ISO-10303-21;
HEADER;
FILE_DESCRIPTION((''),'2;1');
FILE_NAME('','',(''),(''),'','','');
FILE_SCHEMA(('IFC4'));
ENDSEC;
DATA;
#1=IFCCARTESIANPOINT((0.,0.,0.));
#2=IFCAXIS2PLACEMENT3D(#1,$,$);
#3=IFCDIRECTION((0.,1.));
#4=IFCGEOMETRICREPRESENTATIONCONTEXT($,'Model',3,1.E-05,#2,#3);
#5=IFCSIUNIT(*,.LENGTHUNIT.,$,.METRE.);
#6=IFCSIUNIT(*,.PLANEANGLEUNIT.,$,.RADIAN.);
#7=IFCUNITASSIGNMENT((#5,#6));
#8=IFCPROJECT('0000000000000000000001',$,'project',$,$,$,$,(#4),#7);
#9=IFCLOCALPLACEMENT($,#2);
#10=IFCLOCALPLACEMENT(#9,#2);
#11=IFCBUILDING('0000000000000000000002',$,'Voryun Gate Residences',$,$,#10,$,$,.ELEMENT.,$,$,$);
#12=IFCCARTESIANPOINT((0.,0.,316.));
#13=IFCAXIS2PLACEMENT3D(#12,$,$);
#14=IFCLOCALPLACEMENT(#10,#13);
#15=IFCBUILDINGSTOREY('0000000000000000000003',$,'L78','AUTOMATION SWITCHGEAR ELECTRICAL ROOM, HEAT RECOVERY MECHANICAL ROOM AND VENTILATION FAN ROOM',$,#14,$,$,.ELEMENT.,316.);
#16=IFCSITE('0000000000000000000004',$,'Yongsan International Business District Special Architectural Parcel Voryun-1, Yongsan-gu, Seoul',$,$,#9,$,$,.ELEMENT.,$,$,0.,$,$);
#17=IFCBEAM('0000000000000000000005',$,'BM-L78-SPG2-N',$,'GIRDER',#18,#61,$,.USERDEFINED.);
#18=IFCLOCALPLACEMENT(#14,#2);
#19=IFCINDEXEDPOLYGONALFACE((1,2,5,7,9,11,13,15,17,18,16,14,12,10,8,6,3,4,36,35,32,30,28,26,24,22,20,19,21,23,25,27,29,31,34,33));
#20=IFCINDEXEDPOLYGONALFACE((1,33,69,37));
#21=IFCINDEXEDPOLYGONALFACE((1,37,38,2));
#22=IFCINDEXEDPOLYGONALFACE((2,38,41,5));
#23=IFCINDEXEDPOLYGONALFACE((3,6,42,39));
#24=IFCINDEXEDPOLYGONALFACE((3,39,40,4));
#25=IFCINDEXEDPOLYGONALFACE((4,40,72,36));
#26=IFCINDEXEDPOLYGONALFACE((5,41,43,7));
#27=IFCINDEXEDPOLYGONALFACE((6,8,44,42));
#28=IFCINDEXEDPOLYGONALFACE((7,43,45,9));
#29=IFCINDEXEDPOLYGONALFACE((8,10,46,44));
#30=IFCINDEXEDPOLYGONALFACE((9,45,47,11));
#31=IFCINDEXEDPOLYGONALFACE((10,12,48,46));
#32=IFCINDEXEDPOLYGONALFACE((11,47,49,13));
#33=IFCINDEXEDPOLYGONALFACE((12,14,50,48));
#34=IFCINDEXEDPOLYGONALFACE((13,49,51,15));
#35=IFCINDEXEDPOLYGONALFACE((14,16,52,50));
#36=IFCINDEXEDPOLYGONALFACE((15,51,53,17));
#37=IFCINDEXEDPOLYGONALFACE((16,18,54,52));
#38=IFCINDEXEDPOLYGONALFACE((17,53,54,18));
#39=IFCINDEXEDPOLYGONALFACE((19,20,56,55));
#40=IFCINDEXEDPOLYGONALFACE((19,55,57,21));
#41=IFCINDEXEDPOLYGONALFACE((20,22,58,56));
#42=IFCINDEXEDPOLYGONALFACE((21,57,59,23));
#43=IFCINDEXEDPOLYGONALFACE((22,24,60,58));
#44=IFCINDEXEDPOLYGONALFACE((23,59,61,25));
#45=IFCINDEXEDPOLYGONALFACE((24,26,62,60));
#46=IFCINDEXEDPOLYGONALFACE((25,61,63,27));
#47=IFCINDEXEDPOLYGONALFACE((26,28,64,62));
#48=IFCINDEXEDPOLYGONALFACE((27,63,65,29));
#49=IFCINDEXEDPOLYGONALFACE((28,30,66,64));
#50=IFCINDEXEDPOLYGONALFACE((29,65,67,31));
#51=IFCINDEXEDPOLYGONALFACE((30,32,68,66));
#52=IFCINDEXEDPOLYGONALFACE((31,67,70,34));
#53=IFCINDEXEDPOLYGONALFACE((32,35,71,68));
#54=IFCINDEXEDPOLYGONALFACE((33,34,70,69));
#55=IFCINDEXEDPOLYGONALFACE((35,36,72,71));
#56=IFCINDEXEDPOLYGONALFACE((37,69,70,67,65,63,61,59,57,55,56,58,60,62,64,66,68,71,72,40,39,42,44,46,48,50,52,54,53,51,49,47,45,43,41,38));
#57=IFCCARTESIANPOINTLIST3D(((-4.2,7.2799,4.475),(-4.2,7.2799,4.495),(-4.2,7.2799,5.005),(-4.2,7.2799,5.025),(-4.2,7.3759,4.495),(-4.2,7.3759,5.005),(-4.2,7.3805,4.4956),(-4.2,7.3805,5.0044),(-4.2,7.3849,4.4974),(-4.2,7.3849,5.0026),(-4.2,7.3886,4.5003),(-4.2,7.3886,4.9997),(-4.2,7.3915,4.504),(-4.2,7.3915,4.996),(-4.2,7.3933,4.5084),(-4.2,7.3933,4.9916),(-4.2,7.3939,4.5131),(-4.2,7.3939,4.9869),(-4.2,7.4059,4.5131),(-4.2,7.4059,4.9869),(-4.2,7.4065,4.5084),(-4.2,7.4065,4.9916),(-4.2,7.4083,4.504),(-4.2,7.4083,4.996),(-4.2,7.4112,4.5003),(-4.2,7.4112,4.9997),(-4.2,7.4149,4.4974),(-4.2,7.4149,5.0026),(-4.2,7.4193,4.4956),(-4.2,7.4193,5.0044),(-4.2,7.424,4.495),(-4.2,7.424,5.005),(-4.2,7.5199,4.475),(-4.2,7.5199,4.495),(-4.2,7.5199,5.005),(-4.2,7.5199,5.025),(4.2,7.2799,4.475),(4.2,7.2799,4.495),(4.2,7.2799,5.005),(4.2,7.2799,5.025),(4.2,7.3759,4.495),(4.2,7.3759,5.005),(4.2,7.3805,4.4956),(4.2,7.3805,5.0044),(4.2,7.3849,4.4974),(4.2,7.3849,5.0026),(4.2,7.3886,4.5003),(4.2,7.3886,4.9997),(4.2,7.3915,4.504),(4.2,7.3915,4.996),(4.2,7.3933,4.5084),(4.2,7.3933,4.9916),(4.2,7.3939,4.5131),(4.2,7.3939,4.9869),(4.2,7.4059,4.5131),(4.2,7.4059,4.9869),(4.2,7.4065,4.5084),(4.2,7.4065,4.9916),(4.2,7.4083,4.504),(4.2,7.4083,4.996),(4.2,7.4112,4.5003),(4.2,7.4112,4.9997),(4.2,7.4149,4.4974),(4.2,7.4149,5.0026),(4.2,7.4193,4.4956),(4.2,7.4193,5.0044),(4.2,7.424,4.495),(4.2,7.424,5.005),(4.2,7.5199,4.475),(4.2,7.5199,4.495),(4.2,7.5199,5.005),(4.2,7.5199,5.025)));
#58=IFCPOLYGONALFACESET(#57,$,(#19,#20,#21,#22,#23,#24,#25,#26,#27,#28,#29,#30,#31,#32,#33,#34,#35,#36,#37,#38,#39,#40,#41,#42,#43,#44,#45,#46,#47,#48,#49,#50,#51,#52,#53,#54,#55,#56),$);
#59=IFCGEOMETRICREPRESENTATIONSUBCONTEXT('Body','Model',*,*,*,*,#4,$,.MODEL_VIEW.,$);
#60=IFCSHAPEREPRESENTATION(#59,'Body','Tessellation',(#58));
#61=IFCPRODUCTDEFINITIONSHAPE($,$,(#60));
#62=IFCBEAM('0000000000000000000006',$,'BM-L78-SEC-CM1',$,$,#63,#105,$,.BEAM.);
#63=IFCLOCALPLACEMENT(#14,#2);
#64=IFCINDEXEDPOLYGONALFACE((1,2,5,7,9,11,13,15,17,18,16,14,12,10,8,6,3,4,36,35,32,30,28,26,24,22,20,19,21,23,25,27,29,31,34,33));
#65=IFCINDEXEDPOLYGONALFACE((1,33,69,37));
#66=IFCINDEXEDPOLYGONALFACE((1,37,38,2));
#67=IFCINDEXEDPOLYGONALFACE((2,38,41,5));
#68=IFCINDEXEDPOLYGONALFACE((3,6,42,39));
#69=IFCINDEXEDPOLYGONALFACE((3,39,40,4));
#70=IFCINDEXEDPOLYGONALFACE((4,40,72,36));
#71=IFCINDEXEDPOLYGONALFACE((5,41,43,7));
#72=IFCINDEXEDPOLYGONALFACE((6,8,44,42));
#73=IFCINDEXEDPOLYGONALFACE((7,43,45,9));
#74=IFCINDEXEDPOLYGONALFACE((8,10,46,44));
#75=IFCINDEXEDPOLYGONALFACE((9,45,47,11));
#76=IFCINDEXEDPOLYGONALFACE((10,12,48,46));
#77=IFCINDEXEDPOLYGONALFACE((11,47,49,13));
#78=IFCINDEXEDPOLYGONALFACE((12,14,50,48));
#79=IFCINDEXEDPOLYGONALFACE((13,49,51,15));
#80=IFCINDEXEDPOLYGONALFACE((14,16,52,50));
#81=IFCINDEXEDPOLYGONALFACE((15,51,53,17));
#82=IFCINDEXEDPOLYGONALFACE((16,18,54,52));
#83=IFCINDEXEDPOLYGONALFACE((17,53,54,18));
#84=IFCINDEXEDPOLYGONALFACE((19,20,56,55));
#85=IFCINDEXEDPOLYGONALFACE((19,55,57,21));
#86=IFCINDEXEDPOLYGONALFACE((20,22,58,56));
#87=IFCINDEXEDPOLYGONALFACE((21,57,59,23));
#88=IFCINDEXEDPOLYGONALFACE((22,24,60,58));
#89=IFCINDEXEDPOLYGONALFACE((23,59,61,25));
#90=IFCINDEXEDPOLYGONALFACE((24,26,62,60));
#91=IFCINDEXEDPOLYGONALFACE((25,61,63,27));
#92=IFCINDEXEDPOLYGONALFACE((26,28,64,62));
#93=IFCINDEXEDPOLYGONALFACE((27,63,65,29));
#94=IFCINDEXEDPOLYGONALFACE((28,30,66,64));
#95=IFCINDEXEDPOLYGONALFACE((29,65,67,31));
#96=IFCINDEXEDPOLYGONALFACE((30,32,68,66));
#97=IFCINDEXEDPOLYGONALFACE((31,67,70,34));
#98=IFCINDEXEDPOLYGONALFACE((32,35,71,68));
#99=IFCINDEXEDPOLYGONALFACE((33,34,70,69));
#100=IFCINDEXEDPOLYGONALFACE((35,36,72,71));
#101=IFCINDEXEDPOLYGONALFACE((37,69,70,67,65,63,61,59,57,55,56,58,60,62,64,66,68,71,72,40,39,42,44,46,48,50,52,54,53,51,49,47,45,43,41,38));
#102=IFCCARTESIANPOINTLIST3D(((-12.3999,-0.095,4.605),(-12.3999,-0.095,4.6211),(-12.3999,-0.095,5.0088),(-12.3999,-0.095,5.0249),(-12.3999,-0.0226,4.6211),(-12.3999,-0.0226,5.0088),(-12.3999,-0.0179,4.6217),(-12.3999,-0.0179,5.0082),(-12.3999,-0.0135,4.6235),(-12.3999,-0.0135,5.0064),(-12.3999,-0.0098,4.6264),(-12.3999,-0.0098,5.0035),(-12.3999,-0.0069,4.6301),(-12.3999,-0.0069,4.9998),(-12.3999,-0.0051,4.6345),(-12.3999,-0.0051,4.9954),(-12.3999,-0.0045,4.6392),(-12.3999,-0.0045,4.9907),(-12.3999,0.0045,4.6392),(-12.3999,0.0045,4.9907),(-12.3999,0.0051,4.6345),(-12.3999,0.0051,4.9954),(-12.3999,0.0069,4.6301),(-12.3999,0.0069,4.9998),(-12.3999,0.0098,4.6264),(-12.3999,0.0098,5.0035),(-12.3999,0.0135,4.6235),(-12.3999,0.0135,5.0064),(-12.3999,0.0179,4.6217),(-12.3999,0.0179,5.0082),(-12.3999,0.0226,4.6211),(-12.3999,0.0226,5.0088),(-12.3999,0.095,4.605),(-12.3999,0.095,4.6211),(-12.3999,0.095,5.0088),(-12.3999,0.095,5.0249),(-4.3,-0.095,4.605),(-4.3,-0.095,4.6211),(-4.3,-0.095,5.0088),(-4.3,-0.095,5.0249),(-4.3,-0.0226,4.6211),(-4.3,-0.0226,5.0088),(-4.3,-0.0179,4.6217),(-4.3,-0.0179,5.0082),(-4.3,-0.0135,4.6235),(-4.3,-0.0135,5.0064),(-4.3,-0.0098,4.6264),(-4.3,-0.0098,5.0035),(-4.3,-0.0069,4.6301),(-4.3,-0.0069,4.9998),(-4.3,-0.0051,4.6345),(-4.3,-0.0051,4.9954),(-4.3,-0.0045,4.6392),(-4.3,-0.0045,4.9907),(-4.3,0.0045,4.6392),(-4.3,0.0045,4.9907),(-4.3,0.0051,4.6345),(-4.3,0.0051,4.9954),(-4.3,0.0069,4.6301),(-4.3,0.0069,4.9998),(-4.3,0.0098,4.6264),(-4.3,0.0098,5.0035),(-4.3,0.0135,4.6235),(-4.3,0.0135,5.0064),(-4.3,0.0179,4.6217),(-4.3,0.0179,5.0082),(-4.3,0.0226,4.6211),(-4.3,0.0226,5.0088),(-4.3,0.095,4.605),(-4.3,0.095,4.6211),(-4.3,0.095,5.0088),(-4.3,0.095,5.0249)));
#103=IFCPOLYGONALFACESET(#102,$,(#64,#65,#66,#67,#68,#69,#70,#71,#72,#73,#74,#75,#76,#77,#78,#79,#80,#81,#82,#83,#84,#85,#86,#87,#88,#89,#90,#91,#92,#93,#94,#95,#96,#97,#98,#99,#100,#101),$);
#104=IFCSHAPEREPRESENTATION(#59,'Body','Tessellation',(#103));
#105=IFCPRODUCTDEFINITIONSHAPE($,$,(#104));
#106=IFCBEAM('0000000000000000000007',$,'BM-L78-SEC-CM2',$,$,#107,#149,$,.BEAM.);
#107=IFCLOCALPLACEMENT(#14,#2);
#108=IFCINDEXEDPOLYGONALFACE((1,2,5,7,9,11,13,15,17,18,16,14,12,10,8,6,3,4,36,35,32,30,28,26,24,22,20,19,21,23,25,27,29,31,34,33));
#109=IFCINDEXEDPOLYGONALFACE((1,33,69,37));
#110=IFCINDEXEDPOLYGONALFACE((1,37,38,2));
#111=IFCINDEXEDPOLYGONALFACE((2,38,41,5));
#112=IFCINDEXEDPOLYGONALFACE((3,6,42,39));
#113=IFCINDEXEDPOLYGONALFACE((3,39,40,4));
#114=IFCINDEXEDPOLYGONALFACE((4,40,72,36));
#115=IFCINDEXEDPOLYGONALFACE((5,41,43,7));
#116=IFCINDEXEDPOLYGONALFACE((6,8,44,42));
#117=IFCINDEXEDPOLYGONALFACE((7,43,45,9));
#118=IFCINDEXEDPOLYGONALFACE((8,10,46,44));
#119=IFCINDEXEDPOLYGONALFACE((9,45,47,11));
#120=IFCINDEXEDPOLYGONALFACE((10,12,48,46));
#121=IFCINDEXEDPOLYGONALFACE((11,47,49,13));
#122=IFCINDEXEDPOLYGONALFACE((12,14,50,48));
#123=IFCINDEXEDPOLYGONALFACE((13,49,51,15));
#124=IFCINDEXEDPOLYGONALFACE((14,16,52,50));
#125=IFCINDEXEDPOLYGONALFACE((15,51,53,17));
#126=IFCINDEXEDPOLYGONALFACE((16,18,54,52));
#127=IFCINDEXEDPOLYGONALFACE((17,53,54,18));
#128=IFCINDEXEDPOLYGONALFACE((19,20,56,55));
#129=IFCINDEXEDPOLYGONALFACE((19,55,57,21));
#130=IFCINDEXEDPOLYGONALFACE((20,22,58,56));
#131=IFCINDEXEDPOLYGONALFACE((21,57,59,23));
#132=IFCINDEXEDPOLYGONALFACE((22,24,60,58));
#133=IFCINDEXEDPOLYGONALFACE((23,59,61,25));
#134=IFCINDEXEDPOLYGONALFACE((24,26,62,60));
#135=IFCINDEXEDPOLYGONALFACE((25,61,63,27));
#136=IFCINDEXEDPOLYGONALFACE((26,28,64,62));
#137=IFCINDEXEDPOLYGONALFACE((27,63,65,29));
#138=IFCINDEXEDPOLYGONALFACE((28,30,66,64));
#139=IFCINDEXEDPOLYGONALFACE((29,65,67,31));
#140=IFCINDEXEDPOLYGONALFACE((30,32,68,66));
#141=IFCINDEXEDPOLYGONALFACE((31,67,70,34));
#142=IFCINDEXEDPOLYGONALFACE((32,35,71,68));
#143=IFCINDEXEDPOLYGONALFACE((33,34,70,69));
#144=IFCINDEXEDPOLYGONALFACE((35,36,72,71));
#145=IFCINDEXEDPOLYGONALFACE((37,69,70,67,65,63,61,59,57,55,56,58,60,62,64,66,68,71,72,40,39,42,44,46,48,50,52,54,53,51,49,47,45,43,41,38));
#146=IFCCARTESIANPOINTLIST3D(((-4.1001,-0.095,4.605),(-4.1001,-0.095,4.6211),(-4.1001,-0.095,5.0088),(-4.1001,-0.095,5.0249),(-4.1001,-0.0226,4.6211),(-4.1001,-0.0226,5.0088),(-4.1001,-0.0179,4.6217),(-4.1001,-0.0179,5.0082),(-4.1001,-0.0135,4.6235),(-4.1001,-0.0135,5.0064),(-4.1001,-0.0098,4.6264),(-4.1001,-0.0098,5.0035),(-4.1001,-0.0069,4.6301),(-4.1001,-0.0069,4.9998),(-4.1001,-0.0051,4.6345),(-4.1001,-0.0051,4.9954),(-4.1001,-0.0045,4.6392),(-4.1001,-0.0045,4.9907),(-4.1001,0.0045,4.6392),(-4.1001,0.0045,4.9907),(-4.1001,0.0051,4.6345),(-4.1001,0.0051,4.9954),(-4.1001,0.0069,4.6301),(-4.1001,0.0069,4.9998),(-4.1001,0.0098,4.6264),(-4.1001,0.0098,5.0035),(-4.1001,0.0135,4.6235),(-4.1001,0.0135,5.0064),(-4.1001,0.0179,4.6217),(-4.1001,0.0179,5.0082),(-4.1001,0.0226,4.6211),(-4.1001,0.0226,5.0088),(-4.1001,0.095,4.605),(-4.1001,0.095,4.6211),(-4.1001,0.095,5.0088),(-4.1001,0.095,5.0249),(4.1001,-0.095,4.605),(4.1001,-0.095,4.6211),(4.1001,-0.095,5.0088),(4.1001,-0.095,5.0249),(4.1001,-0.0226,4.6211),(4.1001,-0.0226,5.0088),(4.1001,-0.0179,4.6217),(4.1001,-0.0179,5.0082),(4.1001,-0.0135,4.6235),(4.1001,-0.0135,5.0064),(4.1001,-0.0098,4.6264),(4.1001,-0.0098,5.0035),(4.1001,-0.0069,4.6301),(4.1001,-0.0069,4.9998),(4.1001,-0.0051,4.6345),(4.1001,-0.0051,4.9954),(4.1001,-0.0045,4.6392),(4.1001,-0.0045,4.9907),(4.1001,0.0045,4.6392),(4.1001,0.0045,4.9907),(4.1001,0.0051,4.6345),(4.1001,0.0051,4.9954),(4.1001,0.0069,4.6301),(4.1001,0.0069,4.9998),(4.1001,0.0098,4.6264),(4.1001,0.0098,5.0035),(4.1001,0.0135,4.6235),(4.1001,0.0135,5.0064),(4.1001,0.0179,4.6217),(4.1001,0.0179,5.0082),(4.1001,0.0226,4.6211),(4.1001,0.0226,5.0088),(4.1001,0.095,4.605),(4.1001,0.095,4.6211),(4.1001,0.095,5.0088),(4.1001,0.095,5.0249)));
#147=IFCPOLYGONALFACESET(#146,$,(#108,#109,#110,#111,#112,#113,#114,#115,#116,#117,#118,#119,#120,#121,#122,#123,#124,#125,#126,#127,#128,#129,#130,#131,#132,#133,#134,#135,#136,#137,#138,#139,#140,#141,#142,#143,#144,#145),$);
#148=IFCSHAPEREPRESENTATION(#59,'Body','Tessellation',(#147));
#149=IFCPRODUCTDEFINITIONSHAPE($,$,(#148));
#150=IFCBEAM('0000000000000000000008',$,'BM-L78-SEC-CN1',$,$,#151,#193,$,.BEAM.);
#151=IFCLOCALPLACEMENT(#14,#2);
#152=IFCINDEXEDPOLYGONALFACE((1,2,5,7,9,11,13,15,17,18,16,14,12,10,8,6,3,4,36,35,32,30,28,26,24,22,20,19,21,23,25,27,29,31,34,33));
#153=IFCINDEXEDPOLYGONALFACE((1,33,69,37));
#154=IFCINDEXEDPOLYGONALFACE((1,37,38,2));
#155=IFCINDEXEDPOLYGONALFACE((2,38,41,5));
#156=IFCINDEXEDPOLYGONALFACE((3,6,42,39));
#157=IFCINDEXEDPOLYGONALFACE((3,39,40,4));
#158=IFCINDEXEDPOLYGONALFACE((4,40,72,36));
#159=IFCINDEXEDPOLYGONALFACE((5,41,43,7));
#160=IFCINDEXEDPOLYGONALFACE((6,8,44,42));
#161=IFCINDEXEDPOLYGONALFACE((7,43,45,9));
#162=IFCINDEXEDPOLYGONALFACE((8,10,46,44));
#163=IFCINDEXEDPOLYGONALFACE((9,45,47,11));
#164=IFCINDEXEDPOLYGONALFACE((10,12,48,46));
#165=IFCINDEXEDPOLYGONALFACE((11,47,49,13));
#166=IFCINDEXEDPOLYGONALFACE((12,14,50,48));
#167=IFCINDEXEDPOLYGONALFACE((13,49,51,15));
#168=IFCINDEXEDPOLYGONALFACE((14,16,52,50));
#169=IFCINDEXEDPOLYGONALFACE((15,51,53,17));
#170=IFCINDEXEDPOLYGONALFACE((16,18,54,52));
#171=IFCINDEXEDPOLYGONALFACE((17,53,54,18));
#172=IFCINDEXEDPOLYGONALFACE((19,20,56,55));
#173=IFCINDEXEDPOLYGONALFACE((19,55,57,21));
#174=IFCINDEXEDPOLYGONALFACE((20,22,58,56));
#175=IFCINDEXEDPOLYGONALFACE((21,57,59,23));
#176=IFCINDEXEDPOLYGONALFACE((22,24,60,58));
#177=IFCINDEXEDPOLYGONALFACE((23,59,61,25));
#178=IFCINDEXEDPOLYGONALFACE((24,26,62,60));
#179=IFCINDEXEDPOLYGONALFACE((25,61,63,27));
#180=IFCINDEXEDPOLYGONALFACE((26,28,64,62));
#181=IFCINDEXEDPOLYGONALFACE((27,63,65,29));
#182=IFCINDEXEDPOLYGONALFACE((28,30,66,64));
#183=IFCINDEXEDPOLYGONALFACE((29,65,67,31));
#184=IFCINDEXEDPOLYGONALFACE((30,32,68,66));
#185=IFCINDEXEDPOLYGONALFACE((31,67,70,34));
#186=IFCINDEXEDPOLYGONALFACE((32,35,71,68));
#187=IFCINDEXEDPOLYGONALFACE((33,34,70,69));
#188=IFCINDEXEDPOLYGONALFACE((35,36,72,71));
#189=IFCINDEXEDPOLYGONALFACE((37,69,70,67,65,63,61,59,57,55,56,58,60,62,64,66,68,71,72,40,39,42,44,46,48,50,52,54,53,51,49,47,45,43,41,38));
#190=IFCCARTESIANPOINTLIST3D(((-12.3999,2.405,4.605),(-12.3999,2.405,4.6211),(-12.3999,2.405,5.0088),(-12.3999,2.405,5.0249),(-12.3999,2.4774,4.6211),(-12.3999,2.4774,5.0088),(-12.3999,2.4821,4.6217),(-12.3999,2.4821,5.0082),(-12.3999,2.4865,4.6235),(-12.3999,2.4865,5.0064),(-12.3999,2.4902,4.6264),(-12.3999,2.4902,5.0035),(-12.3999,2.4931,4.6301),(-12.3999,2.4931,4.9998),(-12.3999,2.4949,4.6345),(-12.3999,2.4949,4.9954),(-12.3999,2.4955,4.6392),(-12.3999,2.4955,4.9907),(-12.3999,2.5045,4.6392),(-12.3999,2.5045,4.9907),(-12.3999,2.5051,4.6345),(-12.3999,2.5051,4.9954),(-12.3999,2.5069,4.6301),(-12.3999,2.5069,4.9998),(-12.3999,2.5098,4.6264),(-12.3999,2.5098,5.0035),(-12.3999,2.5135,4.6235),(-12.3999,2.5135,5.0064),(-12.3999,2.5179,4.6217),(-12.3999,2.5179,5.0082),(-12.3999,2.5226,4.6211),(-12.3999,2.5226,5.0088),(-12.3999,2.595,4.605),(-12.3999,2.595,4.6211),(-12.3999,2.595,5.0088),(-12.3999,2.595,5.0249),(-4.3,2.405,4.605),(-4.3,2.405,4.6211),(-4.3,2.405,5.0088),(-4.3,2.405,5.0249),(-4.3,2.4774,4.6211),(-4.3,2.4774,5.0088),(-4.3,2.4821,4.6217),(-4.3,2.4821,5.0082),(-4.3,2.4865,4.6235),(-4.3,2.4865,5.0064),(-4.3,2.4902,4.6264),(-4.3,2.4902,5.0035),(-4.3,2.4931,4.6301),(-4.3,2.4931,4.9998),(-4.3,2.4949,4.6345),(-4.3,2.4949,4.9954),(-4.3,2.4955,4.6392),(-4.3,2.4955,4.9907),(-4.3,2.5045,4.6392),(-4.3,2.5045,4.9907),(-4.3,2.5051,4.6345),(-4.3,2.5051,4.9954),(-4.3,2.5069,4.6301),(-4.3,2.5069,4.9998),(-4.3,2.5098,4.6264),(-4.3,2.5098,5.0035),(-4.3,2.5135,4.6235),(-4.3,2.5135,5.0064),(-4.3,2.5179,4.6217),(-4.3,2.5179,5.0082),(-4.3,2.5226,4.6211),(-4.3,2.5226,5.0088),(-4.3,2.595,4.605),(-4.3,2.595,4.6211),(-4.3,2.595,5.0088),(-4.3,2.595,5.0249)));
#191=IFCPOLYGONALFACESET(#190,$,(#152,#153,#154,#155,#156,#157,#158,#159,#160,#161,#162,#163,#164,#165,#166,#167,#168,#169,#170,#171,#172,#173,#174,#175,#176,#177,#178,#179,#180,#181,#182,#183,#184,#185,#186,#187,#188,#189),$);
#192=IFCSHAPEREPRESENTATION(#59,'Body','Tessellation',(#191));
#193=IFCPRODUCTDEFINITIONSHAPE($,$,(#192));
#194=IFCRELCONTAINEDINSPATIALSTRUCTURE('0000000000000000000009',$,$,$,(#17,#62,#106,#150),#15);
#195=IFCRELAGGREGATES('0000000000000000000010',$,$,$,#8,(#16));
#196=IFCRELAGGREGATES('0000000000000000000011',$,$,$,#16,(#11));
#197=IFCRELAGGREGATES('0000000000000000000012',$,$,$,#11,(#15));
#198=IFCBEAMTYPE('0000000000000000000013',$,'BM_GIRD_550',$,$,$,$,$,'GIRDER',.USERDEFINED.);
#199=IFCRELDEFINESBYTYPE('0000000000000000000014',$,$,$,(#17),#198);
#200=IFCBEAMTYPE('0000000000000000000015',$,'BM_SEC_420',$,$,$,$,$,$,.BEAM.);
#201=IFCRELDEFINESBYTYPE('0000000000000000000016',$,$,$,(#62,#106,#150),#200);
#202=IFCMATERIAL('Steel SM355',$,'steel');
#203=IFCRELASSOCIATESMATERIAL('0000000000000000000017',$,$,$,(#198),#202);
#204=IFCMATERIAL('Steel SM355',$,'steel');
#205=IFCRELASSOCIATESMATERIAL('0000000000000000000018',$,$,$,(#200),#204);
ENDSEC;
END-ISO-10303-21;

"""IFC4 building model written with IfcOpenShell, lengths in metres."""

from ifc_helpers import new_model, si_unit, direction, frame, origin, origin_2d, place, context, subcontext, project, spatial, i_section, extrude, material, material_profile, profile_set, type_object, element, save


model = new_model("IFC4")

# Units and contexts
model_context = context("Model", 3, precision=1e-05, world=origin(), true_north=direction((0.0, 1.0)))
body_context = subcontext(model_context, "Body", "Model", "MODEL_VIEW")
ifc_project = project(units=[si_unit("LENGTHUNIT", "METRE"), si_unit("PLANEANGLEUNIT", "RADIAN")], contexts=[model_context])

# Site, building, storey
site_placement = place(None, origin())
site = spatial("IfcSite", under=ifc_project, at=site_placement, Name="Yongsan International Business District Special Architectural Parcel Voryun-1, Yongsan-gu, Seoul", CompositionType="ELEMENT", RefElevation=0.0)
building_placement = place(site_placement, origin())
building = spatial("IfcBuilding", under=site, at=building_placement, Name="Voryun Gate Residences", CompositionType="ELEMENT")
storey_placement = place(building_placement, frame((0.0, 0.0, 316.0)))
storey = spatial("IfcBuildingStorey", under=building, at=storey_placement, Name="L78", Description="AUTOMATION SWITCHGEAR ELECTRICAL ROOM, HEAT RECOVERY MECHANICAL ROOM AND VENTILATION FAN ROOM", CompositionType="ELEMENT", Elevation=316.0)

# Beams
ifc_material_1 = material(Name="Steel SM355", Category="steel")
ifc_material_profile_1 = material_profile(ifc_material_1, i_section(OverallWidth=0.24, OverallDepth=0.55, WebThickness=0.012, FlangeThickness=0.02, FilletRadius=0.0181, at=origin_2d()), Name="H-550x240x12x20")
ifc_profile_set_1 = profile_set([ifc_material_profile_1], Name="Steel SM355")
beam_type_1 = type_object("IfcBeamType", Name="BM_GIRD_550", ElementType="GIRDER", PredefinedType="USERDEFINED", material=ifc_profile_set_1)
beam_1_placement = place(storey_placement, frame((-4.2, 7.3999, 4.75), z_axis=(1.0, 0.0, 0.0), x_axis=(0.0, 1.0, 0.0)))
element("IfcBeam", 1, at=beam_1_placement, inside=storey, type_object=beam_type_1, Name="BM-L78-SPG2-N", ObjectType="GIRDER", PredefinedType="USERDEFINED", context=body_context, shape_type="SweptSolid", body=[
    extrude(i_section(OverallWidth=0.24, OverallDepth=0.55, WebThickness=0.012, FlangeThickness=0.02, FilletRadius=0.0181, at=origin_2d()), origin(), (0.0, 0.0, 1.0), 8.3999),
])
ifc_material_2 = material(Name="Steel SM355", Category="steel")
ifc_material_profile_2 = material_profile(ifc_material_2, i_section(OverallWidth=0.1899, OverallDepth=0.4199, WebThickness=0.009, FlangeThickness=0.0161, FilletRadius=0.0181, at=origin_2d()), Name="H-420x190x9x16")
ifc_profile_set_2 = profile_set([ifc_material_profile_2], Name="Steel SM355")
beam_type_2 = type_object("IfcBeamType", Name="BM_SEC_420", PredefinedType="BEAM", material=ifc_profile_set_2)
beam_2_placement = place(storey_placement, frame((-12.3999, 0.0, 4.8149), z_axis=(1.0, 0.0, 0.0), x_axis=(0.0, 1.0, 0.0)))
element("IfcBeam", 2, at=beam_2_placement, inside=storey, type_object=beam_type_2, Name="BM-L78-SEC-CM1", PredefinedType="BEAM", context=body_context, shape_type="SweptSolid", body=[
    extrude(i_section(OverallWidth=0.1899, OverallDepth=0.4199, WebThickness=0.009, FlangeThickness=0.0161, FilletRadius=0.0181, at=origin_2d()), origin(), (0.0, 0.0, 1.0), 8.0999),
])
beam_3_placement = place(storey_placement, frame((-4.1001, 0.0, 4.8149), z_axis=(1.0, 0.0, 0.0), x_axis=(0.0, 1.0, 0.0)))
element("IfcBeam", 3, at=beam_3_placement, inside=storey, type_object=beam_type_2, Name="BM-L78-SEC-CM2", PredefinedType="BEAM", context=body_context, shape_type="SweptSolid", body=[
    extrude(i_section(OverallWidth=0.1899, OverallDepth=0.4199, WebThickness=0.009, FlangeThickness=0.0161, FilletRadius=0.0181, at=origin_2d()), origin(), (0.0, 0.0, 1.0), 8.2002),
])
beam_4_placement = place(storey_placement, frame((-12.3999, 2.5, 4.8149), z_axis=(1.0, 0.0, 0.0), x_axis=(0.0, 1.0, 0.0)))
element("IfcBeam", 4, at=beam_4_placement, inside=storey, type_object=beam_type_2, Name="BM-L78-SEC-CN1", PredefinedType="BEAM", context=body_context, shape_type="SweptSolid", body=[
    extrude(i_section(OverallWidth=0.1899, OverallDepth=0.4199, WebThickness=0.009, FlangeThickness=0.0161, FilletRadius=0.0181, at=origin_2d()), origin(), (0.0, 0.0, 1.0), 8.0999),
])

save(model, "model.ifc")
